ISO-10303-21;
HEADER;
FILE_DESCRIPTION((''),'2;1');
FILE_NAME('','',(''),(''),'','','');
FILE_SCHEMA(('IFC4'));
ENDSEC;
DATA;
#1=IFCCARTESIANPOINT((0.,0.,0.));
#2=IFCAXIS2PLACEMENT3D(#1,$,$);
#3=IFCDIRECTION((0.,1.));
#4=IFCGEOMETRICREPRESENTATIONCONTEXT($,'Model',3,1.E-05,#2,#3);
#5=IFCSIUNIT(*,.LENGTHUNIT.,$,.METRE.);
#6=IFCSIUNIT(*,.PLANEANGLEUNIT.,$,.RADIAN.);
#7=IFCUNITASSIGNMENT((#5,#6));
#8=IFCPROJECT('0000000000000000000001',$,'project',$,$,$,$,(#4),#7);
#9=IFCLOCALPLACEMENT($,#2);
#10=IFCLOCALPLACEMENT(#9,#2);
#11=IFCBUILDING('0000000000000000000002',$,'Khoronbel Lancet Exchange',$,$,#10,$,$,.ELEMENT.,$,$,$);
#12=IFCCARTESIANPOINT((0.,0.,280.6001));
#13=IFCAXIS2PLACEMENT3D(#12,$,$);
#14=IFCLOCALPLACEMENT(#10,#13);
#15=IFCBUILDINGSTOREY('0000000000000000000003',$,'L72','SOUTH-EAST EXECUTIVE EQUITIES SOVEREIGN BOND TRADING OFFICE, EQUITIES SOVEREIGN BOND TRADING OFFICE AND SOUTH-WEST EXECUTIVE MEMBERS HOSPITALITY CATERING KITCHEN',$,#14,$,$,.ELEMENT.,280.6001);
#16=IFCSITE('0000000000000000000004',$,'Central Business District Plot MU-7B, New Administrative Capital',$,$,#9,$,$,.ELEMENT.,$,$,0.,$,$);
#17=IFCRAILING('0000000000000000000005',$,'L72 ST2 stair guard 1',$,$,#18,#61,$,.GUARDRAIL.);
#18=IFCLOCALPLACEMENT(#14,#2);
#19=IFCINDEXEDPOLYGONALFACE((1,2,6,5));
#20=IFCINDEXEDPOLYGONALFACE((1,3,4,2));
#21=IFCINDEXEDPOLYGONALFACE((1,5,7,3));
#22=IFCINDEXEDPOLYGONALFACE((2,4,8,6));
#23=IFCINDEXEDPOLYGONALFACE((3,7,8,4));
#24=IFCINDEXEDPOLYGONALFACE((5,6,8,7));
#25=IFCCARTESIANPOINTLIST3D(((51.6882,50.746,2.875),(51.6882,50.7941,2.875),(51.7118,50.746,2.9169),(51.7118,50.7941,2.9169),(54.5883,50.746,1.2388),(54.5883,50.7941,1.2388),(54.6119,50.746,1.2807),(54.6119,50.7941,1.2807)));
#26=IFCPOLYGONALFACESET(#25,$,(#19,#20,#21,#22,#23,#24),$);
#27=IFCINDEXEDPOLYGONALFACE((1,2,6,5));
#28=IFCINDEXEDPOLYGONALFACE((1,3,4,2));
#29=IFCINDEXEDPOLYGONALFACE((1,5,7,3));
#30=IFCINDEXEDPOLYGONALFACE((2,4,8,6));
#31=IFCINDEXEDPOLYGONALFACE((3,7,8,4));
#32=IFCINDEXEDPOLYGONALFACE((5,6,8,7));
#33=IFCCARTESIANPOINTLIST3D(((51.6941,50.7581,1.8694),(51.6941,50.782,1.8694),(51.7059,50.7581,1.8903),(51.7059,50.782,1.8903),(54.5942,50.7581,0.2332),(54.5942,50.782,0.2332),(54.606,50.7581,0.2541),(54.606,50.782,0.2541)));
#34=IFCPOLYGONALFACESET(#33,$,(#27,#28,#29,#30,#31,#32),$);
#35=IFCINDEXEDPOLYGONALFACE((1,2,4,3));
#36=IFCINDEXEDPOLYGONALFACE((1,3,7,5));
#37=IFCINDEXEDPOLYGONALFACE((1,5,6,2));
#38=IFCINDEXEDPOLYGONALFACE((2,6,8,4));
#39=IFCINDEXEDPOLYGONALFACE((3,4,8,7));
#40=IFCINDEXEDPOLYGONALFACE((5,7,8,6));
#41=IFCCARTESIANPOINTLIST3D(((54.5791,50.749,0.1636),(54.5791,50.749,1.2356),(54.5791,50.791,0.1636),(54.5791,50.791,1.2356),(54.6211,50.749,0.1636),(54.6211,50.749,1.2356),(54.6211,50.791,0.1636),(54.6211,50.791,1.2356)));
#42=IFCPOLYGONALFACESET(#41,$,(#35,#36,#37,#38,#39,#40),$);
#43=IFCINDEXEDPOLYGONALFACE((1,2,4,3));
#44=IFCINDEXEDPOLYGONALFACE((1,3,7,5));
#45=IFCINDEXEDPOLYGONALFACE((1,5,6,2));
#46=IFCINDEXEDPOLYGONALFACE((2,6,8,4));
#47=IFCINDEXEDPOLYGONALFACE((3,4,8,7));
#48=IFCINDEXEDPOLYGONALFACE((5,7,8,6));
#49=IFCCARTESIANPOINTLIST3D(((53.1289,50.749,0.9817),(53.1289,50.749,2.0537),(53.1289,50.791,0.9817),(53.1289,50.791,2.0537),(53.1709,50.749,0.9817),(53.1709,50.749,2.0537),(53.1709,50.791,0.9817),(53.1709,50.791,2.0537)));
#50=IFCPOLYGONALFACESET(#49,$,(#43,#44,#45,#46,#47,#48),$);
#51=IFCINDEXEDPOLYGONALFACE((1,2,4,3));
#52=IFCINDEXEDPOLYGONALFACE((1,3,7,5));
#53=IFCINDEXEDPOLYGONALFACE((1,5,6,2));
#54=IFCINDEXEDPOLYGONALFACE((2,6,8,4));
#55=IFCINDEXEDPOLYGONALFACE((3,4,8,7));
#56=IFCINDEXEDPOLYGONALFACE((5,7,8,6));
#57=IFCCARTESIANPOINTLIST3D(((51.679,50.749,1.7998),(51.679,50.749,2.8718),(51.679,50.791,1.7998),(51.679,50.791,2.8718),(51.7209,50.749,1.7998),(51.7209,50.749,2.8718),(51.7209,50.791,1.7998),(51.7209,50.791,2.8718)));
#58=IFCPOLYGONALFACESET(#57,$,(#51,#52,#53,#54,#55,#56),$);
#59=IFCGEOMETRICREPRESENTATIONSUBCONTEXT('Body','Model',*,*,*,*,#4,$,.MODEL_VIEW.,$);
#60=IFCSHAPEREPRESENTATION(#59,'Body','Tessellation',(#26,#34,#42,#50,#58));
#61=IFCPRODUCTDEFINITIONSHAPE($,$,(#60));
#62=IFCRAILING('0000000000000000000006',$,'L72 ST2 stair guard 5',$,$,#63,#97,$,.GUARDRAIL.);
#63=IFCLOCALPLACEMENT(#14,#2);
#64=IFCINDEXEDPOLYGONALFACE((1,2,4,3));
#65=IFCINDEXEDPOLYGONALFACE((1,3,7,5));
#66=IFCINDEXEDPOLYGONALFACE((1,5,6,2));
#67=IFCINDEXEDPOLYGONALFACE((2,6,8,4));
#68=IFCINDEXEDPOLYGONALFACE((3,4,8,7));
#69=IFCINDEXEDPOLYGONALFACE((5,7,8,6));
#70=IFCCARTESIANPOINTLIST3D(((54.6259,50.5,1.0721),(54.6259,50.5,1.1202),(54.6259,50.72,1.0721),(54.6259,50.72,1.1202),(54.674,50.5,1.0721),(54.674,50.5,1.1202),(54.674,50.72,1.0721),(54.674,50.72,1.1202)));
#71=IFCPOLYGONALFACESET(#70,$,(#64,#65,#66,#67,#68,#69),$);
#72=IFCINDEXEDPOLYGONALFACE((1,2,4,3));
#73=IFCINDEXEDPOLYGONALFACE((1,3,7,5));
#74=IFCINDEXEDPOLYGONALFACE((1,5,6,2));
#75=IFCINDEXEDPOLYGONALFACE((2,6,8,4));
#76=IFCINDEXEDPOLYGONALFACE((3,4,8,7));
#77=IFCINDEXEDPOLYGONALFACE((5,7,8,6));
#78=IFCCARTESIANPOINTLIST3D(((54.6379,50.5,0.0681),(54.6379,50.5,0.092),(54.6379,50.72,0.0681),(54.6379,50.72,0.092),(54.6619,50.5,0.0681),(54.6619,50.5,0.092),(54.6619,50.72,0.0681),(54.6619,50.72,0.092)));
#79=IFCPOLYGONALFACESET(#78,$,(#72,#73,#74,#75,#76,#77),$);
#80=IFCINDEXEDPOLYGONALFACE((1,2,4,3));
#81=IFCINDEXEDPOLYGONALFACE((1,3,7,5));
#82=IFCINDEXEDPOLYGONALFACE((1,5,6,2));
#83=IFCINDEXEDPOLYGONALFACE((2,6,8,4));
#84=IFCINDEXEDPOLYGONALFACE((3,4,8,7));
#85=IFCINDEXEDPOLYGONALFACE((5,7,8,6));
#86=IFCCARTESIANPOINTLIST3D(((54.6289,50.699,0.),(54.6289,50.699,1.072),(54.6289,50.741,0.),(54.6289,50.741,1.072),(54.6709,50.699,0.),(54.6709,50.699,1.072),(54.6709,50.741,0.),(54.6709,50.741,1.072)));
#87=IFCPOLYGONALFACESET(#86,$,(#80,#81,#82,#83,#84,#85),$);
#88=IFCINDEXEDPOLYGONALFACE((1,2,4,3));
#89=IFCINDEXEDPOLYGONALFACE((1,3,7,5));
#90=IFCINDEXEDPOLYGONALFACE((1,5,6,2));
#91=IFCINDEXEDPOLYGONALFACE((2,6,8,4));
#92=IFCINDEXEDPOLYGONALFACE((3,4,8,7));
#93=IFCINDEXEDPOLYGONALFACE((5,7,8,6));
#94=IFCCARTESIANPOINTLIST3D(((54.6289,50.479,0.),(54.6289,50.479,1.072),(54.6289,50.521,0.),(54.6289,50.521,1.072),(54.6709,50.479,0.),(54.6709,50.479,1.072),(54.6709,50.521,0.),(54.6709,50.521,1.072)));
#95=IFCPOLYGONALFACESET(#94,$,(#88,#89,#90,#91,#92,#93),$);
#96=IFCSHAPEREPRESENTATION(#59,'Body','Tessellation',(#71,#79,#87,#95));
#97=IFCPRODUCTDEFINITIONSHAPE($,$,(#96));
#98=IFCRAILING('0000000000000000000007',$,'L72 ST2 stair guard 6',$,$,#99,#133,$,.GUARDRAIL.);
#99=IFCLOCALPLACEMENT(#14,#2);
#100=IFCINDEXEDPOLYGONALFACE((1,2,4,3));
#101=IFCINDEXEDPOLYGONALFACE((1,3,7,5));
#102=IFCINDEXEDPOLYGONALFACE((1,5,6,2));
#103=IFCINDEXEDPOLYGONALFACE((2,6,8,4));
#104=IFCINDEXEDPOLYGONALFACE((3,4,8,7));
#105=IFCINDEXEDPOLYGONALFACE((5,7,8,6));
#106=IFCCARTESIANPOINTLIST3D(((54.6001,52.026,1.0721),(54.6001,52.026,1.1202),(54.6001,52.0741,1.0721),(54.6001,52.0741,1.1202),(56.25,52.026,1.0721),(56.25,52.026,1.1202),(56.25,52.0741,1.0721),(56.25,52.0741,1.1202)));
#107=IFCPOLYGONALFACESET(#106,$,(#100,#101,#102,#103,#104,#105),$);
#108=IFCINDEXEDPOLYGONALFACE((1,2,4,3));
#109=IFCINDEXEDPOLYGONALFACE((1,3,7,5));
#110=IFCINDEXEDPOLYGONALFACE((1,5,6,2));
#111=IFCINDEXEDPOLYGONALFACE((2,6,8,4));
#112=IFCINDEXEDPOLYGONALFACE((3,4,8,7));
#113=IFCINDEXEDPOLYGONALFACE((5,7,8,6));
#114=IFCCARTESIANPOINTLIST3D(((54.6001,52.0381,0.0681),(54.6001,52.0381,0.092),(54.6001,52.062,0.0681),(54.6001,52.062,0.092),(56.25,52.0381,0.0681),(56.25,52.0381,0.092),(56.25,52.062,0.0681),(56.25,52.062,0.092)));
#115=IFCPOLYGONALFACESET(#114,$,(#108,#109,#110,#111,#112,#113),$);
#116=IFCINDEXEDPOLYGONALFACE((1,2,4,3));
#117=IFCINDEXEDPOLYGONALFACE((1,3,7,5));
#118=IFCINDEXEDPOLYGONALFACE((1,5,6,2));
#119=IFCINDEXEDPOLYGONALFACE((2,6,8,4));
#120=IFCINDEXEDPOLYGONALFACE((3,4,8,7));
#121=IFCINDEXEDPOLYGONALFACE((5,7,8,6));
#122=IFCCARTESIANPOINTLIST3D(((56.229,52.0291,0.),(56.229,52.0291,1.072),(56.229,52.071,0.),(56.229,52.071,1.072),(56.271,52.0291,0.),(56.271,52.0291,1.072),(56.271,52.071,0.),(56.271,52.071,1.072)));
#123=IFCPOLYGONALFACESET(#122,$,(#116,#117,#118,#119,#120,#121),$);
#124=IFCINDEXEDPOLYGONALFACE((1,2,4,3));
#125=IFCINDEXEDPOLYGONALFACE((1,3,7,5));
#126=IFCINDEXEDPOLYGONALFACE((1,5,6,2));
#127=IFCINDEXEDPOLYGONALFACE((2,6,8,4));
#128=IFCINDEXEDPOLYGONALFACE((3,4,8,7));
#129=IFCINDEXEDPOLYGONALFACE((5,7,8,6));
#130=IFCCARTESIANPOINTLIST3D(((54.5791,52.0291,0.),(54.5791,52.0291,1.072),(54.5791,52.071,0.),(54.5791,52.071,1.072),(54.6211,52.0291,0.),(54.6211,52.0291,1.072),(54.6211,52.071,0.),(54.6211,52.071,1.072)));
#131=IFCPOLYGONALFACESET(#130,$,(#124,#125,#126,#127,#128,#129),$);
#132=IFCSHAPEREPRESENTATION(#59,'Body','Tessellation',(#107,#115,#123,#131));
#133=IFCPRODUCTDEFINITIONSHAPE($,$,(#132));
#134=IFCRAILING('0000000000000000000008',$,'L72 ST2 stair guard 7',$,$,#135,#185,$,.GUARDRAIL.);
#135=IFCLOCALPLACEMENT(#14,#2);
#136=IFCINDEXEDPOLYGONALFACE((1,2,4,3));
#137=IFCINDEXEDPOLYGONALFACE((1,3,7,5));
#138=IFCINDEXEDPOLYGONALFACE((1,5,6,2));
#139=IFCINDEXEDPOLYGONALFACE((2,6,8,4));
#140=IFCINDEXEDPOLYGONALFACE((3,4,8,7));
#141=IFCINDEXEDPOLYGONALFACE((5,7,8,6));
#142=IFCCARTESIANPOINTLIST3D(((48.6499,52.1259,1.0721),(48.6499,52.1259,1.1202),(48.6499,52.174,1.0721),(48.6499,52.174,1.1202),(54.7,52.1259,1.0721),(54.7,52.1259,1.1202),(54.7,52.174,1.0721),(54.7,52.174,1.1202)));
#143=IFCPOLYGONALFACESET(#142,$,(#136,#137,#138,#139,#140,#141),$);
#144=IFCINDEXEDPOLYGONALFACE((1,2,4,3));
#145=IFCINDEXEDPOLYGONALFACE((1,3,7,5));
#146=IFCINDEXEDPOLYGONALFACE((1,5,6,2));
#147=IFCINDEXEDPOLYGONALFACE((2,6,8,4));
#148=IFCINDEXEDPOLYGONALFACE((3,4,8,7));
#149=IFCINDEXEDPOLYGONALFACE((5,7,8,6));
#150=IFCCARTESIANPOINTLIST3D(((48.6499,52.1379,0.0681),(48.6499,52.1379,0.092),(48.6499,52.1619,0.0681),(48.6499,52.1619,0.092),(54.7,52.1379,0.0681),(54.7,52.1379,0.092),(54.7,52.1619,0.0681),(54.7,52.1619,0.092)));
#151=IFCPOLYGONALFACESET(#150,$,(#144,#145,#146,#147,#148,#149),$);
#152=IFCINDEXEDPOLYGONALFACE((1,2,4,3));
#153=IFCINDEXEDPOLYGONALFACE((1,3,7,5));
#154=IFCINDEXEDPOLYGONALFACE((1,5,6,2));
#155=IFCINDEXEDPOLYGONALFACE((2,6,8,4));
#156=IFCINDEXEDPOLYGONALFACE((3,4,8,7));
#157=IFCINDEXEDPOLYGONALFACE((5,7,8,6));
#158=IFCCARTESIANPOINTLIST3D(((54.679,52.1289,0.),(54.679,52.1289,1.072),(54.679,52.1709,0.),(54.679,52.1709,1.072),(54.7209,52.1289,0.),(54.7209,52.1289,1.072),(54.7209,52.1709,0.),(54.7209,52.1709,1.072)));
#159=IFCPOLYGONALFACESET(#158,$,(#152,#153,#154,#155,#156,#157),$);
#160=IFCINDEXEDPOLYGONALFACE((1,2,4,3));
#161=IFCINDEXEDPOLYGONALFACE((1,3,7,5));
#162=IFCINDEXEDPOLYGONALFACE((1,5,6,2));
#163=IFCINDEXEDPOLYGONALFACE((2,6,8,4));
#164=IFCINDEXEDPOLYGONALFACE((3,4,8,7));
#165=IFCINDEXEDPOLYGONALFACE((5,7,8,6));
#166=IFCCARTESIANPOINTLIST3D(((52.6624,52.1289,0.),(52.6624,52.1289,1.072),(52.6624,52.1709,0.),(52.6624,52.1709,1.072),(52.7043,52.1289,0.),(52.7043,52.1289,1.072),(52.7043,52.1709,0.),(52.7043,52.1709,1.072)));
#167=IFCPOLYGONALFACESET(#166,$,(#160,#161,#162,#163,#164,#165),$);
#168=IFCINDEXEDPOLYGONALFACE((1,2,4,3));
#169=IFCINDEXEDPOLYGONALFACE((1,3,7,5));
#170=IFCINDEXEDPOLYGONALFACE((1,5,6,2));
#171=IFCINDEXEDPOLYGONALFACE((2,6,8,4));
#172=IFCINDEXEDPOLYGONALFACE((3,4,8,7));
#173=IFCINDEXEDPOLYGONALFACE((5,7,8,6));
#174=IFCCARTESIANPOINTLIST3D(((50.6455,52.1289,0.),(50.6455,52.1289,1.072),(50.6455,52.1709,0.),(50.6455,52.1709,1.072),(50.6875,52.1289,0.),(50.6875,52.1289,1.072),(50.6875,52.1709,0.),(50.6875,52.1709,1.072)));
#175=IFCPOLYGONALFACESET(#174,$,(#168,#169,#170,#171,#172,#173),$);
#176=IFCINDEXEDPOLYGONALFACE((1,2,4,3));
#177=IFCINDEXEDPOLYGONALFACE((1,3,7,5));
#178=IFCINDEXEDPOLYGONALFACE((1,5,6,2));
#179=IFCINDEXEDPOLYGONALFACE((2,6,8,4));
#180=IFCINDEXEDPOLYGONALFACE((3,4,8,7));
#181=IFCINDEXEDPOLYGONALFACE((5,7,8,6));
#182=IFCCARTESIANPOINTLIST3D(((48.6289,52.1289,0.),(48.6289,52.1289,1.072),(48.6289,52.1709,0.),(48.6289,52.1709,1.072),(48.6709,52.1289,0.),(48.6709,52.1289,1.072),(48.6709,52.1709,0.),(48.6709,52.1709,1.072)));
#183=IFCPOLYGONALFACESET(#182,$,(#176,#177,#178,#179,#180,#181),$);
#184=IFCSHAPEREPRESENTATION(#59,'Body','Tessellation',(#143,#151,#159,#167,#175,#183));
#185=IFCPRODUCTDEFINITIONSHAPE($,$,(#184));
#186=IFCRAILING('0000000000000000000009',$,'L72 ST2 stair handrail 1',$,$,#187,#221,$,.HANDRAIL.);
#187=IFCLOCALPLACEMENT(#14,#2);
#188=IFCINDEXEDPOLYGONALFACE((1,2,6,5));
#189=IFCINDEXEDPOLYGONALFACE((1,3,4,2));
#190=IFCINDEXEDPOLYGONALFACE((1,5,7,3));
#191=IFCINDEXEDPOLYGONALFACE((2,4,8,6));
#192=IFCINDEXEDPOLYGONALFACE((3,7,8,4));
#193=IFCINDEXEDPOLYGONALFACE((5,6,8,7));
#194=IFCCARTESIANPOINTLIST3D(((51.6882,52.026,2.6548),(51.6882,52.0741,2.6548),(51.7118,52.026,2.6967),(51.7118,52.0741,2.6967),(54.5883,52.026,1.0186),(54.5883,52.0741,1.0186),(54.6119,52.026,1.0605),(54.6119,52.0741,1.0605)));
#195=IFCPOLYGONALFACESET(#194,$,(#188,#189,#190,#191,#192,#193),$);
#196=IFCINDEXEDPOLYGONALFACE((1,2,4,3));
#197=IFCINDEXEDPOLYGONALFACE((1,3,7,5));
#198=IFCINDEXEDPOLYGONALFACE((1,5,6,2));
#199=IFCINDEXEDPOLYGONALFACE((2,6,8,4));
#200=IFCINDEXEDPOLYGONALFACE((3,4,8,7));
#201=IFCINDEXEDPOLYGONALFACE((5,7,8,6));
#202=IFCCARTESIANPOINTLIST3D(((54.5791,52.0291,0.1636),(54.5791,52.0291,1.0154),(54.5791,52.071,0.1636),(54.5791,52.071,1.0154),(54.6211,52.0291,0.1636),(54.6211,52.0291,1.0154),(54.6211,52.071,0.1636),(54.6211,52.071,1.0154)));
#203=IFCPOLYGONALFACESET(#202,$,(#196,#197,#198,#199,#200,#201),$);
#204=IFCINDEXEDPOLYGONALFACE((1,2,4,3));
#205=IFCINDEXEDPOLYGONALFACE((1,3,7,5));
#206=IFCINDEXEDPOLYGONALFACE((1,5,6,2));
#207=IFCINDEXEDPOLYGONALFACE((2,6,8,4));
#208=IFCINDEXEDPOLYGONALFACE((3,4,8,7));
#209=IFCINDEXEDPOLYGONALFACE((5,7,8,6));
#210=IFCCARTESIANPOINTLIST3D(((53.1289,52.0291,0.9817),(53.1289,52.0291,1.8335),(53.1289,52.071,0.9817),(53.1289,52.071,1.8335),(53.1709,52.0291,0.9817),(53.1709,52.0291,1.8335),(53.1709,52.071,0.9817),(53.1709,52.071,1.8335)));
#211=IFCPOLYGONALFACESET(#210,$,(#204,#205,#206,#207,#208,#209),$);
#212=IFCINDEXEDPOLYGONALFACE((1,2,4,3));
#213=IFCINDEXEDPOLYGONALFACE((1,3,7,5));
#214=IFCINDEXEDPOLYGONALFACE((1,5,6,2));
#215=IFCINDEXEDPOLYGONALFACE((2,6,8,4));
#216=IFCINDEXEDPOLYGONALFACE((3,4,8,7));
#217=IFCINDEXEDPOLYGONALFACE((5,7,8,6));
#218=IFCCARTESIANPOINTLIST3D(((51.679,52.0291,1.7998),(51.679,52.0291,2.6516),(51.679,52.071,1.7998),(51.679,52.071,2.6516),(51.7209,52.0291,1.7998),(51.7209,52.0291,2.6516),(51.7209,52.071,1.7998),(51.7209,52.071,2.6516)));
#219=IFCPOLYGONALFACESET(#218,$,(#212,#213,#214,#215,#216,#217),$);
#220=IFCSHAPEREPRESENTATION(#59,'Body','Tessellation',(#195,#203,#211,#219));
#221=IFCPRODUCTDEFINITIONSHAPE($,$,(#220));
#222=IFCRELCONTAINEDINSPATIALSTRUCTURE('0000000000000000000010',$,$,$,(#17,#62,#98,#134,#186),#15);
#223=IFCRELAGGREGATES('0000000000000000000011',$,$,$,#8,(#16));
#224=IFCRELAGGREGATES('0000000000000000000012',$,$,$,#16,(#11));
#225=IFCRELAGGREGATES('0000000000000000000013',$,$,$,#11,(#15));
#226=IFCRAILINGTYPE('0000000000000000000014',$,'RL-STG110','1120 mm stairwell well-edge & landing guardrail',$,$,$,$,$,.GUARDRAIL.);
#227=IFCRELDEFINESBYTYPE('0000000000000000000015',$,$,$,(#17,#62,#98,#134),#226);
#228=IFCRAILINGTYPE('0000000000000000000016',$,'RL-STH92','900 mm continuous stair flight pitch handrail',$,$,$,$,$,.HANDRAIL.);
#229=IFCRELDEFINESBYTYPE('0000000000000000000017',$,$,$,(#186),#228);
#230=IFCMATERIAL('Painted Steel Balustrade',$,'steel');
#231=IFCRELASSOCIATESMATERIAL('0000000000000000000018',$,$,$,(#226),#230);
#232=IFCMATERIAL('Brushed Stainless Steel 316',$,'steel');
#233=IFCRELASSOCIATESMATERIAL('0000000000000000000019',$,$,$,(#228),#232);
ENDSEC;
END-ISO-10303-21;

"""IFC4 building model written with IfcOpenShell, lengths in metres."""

from ifc_helpers import new_model, si_unit, direction, frame, origin, origin_2d, place, context, subcontext, project, spatial, rectangle, extrude, material, type_object, element, save


model = new_model("IFC4")

# Units and contexts
model_context = context("Model", 3, precision=1e-05, world=origin(), true_north=direction((0.0, 1.0)))
body_context = subcontext(model_context, "Body", "Model", "MODEL_VIEW")
ifc_project = project(units=[si_unit("LENGTHUNIT", "METRE"), si_unit("PLANEANGLEUNIT", "RADIAN")], contexts=[model_context])

# Site, building, storey
site_placement = place(None, origin())
site = spatial("IfcSite", under=ifc_project, at=site_placement, Name="Central Business District Plot MU-7B, New Administrative Capital", CompositionType="ELEMENT", RefElevation=0.0)
building_placement = place(site_placement, origin())
building = spatial("IfcBuilding", under=site, at=building_placement, Name="Khoronbel Lancet Exchange", CompositionType="ELEMENT")
storey_placement = place(building_placement, frame((0.0, 0.0, 280.6001)))
storey = spatial("IfcBuildingStorey", under=building, at=storey_placement, Name="L72", Description="SOUTH-EAST EXECUTIVE EQUITIES SOVEREIGN BOND TRADING OFFICE, EQUITIES SOVEREIGN BOND TRADING OFFICE AND SOUTH-WEST EXECUTIVE MEMBERS HOSPITALITY CATERING KITCHEN", CompositionType="ELEMENT", Elevation=280.6001)

# Railings
ifc_material_1 = material(Name="Painted Steel Balustrade", Category="steel")
railing_type_1 = type_object("IfcRailingType", Name="RL-STG110", Description="1120 mm stairwell well-edge & landing guardrail", PredefinedType="GUARDRAIL", material=ifc_material_1)
railing_1_placement = place(storey_placement, frame((54.6001, 50.77, 0.1636)))
element("IfcRailing", 1, at=railing_1_placement, inside=storey, type_object=railing_type_1, Name="L72 ST2 stair guard 1", PredefinedType="GUARDRAIL", context=body_context, shape_type="SweptSolid", body=[
    extrude(rectangle(XDim=0.0481, YDim=0.0481, at=origin_2d()), frame((0.0, 0.0, 1.0962), z_axis=(-0.870946, 0.0, 0.491378), x_axis=(0.0, -1.0, 0.0)), (0.0, 0.0, 1.0), 3.3298),
    extrude(rectangle(XDim=0.0239, YDim=0.0239, at=origin_2d()), frame((0.0, 0.0, 0.0801), z_axis=(-0.870946, 0.0, 0.491378), x_axis=(0.0, -1.0, 0.0)), (0.0, 0.0, 1.0), 3.3298),
    extrude(rectangle(XDim=0.042, YDim=0.042, at=origin_2d()), origin(), (0.0, 0.0, 1.0), 1.072),
    extrude(rectangle(XDim=0.042, YDim=0.042, at=origin_2d()), frame((-1.4502, 0.0, 0.8181)), (0.0, 0.0, 1.0), 1.072),
    extrude(rectangle(XDim=0.042, YDim=0.042, at=origin_2d()), frame((-2.9001, 0.0, 1.6362)), (0.0, 0.0, 1.0), 1.072),
])
railing_2_placement = place(storey_placement, frame((54.6499, 50.72, 0.0)))
element("IfcRailing", 2, at=railing_2_placement, inside=storey, type_object=railing_type_1, Name="L72 ST2 stair guard 5", PredefinedType="GUARDRAIL", context=body_context, shape_type="SweptSolid", body=[
    extrude(rectangle(XDim=0.0481, YDim=0.0481, at=origin_2d()), frame((0.0, 0.0, 1.0962), z_axis=(0.0, -1.0, 0.0), x_axis=(1.0, 0.0, 0.0)), (0.0, 0.0, 1.0), 0.22),
    extrude(rectangle(XDim=0.0239, YDim=0.0239, at=origin_2d()), frame((0.0, 0.0, 0.0801), z_axis=(0.0, -1.0, 0.0), x_axis=(1.0, 0.0, 0.0)), (0.0, 0.0, 1.0), 0.22),
    extrude(rectangle(XDim=0.042, YDim=0.042, at=origin_2d()), origin(), (0.0, 0.0, 1.0), 1.072),
    extrude(rectangle(XDim=0.042, YDim=0.042, at=origin_2d()), frame((0.0, -0.22, 0.0)), (0.0, 0.0, 1.0), 1.072),
])
railing_3_placement = place(storey_placement, frame((56.25, 52.05, 0.0)))
element("IfcRailing", 3, at=railing_3_placement, inside=storey, type_object=railing_type_1, Name="L72 ST2 stair guard 6", PredefinedType="GUARDRAIL", context=body_context, shape_type="SweptSolid", body=[
    extrude(rectangle(XDim=0.0481, YDim=0.0481, at=origin_2d()), frame((0.0, 0.0, 1.0962), z_axis=(-1.0, 0.0, 0.0), x_axis=(0.0, -1.0, 0.0)), (0.0, 0.0, 1.0), 1.6499),
    extrude(rectangle(XDim=0.0239, YDim=0.0239, at=origin_2d()), frame((0.0, 0.0, 0.0801), z_axis=(-1.0, 0.0, 0.0), x_axis=(0.0, -1.0, 0.0)), (0.0, 0.0, 1.0), 1.6499),
    extrude(rectangle(XDim=0.042, YDim=0.042, at=origin_2d()), origin(), (0.0, 0.0, 1.0), 1.072),
    extrude(rectangle(XDim=0.042, YDim=0.042, at=origin_2d()), frame((-1.6499, 0.0, 0.0)), (0.0, 0.0, 1.0), 1.072),
])
railing_4_placement = place(storey_placement, frame((54.7, 52.1499, 0.0)))
element("IfcRailing", 4, at=railing_4_placement, inside=storey, type_object=railing_type_1, Name="L72 ST2 stair guard 7", PredefinedType="GUARDRAIL", context=body_context, shape_type="SweptSolid", body=[
    extrude(rectangle(XDim=0.0481, YDim=0.0481, at=origin_2d()), frame((0.0, 0.0, 1.0962), z_axis=(-1.0, 0.0, 0.0), x_axis=(0.0, -1.0, 0.0)), (0.0, 0.0, 1.0), 6.05),
    extrude(rectangle(XDim=0.0239, YDim=0.0239, at=origin_2d()), frame((0.0, 0.0, 0.0801), z_axis=(-1.0, 0.0, 0.0), x_axis=(0.0, -1.0, 0.0)), (0.0, 0.0, 1.0), 6.05),
    extrude(rectangle(XDim=0.042, YDim=0.042, at=origin_2d()), origin(), (0.0, 0.0, 1.0), 1.072),
    extrude(rectangle(XDim=0.042, YDim=0.042, at=origin_2d()), frame((-2.0166, 0.0, 0.0)), (0.0, 0.0, 1.0), 1.072),
    extrude(rectangle(XDim=0.042, YDim=0.042, at=origin_2d()), frame((-4.0334, 0.0, 0.0)), (0.0, 0.0, 1.0), 1.072),
    extrude(rectangle(XDim=0.042, YDim=0.042, at=origin_2d()), frame((-6.05, 0.0, 0.0)), (0.0, 0.0, 1.0), 1.072),
])
ifc_material_2 = material(Name="Brushed Stainless Steel 316", Category="steel")
railing_type_2 = type_object("IfcRailingType", Name="RL-STH92", Description="900 mm continuous stair flight pitch handrail", PredefinedType="HANDRAIL", material=ifc_material_2)
railing_5_placement = place(storey_placement, frame((54.6001, 52.05, 0.1636)))
element("IfcRailing", 5, at=railing_5_placement, inside=storey, type_object=railing_type_2, Name="L72 ST2 stair handrail 1", PredefinedType="HANDRAIL", context=body_context, shape_type="SweptSolid", body=[
    extrude(rectangle(XDim=0.0481, YDim=0.0481, at=origin_2d()), frame((0.0, 0.0, 0.876), z_axis=(-0.870946, 0.0, 0.491378), x_axis=(0.0, -1.0, 0.0)), (0.0, 0.0, 1.0), 3.3298),
    extrude(rectangle(XDim=0.042, YDim=0.042, at=origin_2d()), origin(), (0.0, 0.0, 1.0), 0.8518),
    extrude(rectangle(XDim=0.042, YDim=0.042, at=origin_2d()), frame((-1.4502, 0.0, 0.8181)), (0.0, 0.0, 1.0), 0.8518),
    extrude(rectangle(XDim=0.042, YDim=0.042, at=origin_2d()), frame((-2.9001, 0.0, 1.6362)), (0.0, 0.0, 1.0), 0.8518),
])

save(model, "model.ifc")
